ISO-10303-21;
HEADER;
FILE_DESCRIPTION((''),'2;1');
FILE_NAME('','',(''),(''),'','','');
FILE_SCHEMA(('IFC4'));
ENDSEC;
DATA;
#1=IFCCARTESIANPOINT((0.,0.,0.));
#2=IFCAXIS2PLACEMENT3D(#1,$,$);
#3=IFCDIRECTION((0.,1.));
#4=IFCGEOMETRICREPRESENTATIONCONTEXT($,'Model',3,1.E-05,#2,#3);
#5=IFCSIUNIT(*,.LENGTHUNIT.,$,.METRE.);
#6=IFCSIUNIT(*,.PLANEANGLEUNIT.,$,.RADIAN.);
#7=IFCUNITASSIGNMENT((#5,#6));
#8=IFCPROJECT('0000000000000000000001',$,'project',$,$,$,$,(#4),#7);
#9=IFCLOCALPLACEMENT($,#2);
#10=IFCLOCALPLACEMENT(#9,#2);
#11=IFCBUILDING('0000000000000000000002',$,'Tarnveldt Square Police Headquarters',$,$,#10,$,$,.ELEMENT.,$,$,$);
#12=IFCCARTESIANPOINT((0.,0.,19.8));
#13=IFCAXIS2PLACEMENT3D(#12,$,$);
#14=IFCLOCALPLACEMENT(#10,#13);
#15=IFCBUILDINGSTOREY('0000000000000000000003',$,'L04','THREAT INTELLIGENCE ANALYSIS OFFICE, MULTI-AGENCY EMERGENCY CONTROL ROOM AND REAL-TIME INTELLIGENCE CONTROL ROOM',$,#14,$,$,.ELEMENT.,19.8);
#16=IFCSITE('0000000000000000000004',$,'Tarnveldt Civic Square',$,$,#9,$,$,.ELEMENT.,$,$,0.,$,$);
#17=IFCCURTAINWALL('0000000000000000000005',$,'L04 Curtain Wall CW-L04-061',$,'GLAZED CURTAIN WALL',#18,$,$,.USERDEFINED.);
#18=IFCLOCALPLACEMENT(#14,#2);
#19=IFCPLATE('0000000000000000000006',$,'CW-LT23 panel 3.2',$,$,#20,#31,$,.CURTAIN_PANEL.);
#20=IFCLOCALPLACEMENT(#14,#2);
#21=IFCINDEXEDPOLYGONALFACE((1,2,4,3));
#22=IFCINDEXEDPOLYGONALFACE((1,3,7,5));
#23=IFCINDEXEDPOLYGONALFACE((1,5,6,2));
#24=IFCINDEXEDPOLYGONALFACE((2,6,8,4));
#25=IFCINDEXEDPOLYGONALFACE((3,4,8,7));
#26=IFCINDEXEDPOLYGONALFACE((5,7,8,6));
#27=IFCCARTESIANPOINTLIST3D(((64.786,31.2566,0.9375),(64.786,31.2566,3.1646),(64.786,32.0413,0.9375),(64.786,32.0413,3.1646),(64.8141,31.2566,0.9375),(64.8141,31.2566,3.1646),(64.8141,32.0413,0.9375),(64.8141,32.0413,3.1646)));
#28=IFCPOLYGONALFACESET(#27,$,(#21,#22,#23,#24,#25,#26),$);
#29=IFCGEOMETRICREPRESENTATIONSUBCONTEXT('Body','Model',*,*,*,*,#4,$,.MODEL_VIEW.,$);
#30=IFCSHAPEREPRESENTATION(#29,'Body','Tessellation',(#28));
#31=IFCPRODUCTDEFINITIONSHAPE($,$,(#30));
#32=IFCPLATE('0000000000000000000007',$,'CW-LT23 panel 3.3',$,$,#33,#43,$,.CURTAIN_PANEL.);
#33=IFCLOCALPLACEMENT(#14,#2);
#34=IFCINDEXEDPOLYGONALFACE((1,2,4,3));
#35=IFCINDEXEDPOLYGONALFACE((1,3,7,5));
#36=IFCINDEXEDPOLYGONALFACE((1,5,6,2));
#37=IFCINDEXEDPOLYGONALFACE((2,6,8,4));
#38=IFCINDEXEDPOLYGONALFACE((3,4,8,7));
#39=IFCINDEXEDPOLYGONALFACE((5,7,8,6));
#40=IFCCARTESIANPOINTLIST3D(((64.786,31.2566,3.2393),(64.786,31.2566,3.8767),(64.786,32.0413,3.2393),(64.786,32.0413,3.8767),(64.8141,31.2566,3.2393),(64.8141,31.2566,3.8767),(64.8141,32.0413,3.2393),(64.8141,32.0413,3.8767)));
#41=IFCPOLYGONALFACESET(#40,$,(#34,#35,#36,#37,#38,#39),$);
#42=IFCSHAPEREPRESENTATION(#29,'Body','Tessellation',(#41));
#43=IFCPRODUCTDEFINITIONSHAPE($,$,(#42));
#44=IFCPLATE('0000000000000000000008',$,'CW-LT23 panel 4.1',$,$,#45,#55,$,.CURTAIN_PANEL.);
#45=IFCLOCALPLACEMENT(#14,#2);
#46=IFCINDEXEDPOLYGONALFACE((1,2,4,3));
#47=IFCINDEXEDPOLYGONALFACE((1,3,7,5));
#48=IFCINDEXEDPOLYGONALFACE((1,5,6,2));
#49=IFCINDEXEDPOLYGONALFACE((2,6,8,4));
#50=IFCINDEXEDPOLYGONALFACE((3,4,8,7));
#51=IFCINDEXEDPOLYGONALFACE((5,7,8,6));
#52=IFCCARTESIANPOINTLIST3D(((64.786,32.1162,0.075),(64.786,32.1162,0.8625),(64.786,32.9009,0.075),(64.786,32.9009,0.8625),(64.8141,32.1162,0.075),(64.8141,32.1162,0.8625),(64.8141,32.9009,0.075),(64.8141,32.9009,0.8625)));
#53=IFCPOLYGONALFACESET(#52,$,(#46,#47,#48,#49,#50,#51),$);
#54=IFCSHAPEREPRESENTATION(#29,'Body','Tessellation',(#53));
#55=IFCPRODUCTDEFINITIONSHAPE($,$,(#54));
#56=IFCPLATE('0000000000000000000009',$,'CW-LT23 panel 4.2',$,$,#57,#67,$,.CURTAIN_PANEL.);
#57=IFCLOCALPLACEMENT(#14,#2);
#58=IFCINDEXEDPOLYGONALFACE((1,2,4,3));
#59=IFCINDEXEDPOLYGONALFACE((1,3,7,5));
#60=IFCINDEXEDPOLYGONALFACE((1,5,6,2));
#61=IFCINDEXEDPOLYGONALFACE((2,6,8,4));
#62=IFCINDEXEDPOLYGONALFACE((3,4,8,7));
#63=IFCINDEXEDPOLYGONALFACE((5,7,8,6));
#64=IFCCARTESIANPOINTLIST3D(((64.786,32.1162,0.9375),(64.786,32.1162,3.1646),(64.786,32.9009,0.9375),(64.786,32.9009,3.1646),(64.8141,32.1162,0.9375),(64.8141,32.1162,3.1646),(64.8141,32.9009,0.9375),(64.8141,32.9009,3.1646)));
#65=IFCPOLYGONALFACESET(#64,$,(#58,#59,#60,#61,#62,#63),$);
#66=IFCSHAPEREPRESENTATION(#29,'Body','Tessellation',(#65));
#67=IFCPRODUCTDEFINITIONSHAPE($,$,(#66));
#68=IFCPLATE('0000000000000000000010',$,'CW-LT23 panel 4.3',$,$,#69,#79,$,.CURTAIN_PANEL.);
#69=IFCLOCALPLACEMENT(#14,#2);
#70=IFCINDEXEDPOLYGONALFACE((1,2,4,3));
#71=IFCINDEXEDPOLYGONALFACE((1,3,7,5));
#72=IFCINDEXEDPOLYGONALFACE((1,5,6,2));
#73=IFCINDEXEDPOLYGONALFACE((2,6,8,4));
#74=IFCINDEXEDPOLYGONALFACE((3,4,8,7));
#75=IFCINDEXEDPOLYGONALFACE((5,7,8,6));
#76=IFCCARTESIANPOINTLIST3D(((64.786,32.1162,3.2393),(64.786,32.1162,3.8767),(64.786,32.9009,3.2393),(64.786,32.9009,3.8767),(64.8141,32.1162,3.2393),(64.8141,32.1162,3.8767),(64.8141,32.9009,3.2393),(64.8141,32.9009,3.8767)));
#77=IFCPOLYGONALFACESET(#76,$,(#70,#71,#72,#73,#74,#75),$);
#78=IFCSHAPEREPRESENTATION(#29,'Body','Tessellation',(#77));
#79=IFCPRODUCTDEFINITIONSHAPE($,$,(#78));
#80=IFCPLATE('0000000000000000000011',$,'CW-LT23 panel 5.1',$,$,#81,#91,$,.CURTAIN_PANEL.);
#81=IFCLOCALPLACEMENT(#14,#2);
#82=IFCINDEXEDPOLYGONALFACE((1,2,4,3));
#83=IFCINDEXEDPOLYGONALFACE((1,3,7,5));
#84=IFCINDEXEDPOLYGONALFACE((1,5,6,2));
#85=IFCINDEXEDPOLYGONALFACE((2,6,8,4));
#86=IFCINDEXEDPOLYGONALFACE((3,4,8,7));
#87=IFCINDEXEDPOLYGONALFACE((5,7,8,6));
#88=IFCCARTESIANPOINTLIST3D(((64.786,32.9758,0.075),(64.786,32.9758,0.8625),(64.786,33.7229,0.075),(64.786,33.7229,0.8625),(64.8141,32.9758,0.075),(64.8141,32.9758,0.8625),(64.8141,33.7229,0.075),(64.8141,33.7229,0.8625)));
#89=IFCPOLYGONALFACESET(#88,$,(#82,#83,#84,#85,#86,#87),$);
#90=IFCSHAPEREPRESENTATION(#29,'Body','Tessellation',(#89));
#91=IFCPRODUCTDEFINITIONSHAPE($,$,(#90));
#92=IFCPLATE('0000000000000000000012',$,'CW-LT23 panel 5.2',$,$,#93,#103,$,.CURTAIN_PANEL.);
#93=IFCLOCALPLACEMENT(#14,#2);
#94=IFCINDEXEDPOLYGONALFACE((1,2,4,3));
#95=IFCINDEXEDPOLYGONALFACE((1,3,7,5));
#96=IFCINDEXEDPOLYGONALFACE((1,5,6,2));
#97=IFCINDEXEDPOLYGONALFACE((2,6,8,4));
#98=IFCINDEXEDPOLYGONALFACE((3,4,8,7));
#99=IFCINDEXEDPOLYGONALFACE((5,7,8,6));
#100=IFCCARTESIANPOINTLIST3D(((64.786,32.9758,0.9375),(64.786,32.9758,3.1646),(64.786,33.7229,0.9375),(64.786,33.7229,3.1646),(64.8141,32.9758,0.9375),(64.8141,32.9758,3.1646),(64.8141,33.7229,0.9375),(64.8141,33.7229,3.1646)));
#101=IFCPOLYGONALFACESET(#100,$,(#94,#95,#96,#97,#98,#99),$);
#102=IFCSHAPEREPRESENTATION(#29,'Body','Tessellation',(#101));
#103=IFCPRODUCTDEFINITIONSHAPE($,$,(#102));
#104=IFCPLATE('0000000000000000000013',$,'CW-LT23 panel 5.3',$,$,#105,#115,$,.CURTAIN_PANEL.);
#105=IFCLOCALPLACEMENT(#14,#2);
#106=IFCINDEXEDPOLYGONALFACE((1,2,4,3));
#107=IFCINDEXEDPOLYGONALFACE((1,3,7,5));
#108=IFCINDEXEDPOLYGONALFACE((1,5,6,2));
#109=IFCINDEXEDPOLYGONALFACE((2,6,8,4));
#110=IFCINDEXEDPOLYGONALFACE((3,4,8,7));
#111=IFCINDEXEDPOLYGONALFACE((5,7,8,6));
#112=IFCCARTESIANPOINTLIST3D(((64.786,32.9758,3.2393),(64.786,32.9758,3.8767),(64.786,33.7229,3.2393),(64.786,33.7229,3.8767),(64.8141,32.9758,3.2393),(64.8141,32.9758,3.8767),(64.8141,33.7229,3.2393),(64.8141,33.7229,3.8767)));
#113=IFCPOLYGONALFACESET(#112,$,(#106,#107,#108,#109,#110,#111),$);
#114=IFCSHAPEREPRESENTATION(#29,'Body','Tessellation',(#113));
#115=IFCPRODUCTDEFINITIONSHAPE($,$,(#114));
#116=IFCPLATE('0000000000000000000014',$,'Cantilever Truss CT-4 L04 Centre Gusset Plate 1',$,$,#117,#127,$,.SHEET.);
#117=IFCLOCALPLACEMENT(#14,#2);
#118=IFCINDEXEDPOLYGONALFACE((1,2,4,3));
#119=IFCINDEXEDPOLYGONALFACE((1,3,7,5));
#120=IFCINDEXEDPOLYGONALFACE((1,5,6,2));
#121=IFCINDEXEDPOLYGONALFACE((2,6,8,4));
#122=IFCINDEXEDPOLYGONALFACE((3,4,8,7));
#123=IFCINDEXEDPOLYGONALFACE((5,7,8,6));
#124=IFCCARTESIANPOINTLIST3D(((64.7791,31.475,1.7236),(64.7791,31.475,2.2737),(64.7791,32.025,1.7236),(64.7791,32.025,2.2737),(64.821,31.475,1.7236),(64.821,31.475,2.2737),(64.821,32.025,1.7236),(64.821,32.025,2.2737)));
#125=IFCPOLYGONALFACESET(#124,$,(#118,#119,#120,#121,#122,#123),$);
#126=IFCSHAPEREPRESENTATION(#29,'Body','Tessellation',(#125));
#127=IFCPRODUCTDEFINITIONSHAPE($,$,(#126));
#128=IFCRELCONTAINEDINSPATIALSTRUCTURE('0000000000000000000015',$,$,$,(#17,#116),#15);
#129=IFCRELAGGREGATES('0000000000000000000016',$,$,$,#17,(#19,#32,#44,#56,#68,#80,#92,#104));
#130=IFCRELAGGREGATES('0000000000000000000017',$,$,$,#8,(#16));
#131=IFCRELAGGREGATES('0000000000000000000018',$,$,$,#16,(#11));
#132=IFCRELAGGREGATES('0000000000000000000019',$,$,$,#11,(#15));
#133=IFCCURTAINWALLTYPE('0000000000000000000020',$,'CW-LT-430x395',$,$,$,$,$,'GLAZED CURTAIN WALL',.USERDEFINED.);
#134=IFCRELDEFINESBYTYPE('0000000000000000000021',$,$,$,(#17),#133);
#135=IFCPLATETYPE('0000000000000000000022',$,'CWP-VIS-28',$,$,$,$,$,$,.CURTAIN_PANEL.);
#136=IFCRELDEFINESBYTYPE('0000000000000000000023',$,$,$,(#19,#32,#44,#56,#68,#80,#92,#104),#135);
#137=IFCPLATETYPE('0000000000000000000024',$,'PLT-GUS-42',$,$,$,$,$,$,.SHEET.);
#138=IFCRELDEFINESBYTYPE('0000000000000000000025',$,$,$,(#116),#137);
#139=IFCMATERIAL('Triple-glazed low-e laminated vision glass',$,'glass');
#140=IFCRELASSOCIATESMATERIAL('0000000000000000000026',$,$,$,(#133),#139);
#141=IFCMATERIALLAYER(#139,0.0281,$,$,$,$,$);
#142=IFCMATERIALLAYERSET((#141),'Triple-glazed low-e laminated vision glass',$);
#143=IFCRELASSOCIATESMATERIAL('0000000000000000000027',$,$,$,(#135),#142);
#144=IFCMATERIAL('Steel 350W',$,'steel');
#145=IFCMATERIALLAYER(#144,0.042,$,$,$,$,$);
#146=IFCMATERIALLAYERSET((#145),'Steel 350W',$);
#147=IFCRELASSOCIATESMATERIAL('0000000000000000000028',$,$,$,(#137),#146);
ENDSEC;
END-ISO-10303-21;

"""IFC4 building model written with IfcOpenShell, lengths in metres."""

from ifc_helpers import new_model, si_unit, direction, frame, origin, origin_2d, place, context, subcontext, project, spatial, rectangle, extrude, material, layer, layer_set, type_object, element, aggregate, save


model = new_model("IFC4")

# Units and contexts
model_context = context("Model", 3, precision=1e-05, world=origin(), true_north=direction((0.0, 1.0)))
body_context = subcontext(model_context, "Body", "Model", "MODEL_VIEW")
ifc_project = project(units=[si_unit("LENGTHUNIT", "METRE"), si_unit("PLANEANGLEUNIT", "RADIAN")], contexts=[model_context])

# Site, building, storey
site_placement = place(None, origin())
site = spatial("IfcSite", under=ifc_project, at=site_placement, Name="Tarnveldt Civic Square", CompositionType="ELEMENT", RefElevation=0.0)
building_placement = place(site_placement, origin())
building = spatial("IfcBuilding", under=site, at=building_placement, Name="Tarnveldt Square Police Headquarters", CompositionType="ELEMENT")
storey_placement = place(building_placement, frame((0.0, 0.0, 19.8)))
storey = spatial("IfcBuildingStorey", under=building, at=storey_placement, Name="L04", Description="THREAT INTELLIGENCE ANALYSIS OFFICE, MULTI-AGENCY EMERGENCY CONTROL ROOM AND REAL-TIME INTELLIGENCE CONTROL ROOM", CompositionType="ELEMENT", Elevation=19.8)

# Shared definitions
ifc_material_1 = material(Name="Steel 350W", Category="steel")

# Curtain wall
ifc_material_2 = material(Name="Triple-glazed low-e laminated vision glass", Category="glass")
curtain_wall_type_1 = type_object("IfcCurtainWallType", Name="CW-LT-430x395", ElementType="GLAZED CURTAIN WALL", PredefinedType="USERDEFINED", material=ifc_material_2)
curtain_wall_1_placement = place(storey_placement, origin())
curtain_wall_1 = element("IfcCurtainWall", 1, at=curtain_wall_1_placement, inside=storey, type_object=curtain_wall_type_1, Name="L04 Curtain Wall CW-L04-061", ObjectType="GLAZED CURTAIN WALL", PredefinedType="USERDEFINED")

# Plates
ifc_layer_1 = layer(ifc_material_2, 0.0281)
ifc_layer_set_1 = layer_set([ifc_layer_1], Name="Triple-glazed low-e laminated vision glass")
plate_type_1 = type_object("IfcPlateType", Name="CWP-VIS-28", PredefinedType="CURTAIN_PANEL", material=ifc_layer_set_1)
plate_1_placement = place(storey_placement, frame((64.8, 31.6489, 0.9375), z_axis=(0.0, 0.0, 1.0), x_axis=(0.0, 1.0, 0.0)))
plate_1 = element("IfcPlate", 2, at=plate_1_placement, type_object=plate_type_1, Name="CW-LT23 panel 3.2", PredefinedType="CURTAIN_PANEL", context=body_context, shape_type="SweptSolid", body=[
    extrude(rectangle(XDim=0.7847, YDim=0.0281, at=origin_2d()), origin(), (0.0, 0.0, 1.0), 2.2271),
])
plate_2_placement = place(storey_placement, frame((64.8, 31.6489, 3.2393), z_axis=(0.0, 0.0, 1.0), x_axis=(0.0, 1.0, 0.0)))
plate_2 = element("IfcPlate", 3, at=plate_2_placement, type_object=plate_type_1, Name="CW-LT23 panel 3.3", PredefinedType="CURTAIN_PANEL", context=body_context, shape_type="SweptSolid", body=[
    extrude(rectangle(XDim=0.7847, YDim=0.0281, at=origin_2d()), origin(), (0.0, 0.0, 1.0), 0.6375),
])
plate_3_placement = place(storey_placement, frame((64.8, 32.5085, 0.075), z_axis=(0.0, 0.0, 1.0), x_axis=(0.0, 1.0, 0.0)))
plate_3 = element("IfcPlate", 4, at=plate_3_placement, type_object=plate_type_1, Name="CW-LT23 panel 4.1", PredefinedType="CURTAIN_PANEL", context=body_context, shape_type="SweptSolid", body=[
    extrude(rectangle(XDim=0.7847, YDim=0.0281, at=origin_2d()), origin(), (0.0, 0.0, 1.0), 0.7876),
])
plate_4_placement = place(storey_placement, frame((64.8, 32.5085, 0.9375), z_axis=(0.0, 0.0, 1.0), x_axis=(0.0, 1.0, 0.0)))
plate_4 = element("IfcPlate", 5, at=plate_4_placement, type_object=plate_type_1, Name="CW-LT23 panel 4.2", PredefinedType="CURTAIN_PANEL", context=body_context, shape_type="SweptSolid", body=[
    extrude(rectangle(XDim=0.7847, YDim=0.0281, at=origin_2d()), origin(), (0.0, 0.0, 1.0), 2.2271),
])
plate_5_placement = place(storey_placement, frame((64.8, 32.5085, 3.2393), z_axis=(0.0, 0.0, 1.0), x_axis=(0.0, 1.0, 0.0)))
plate_5 = element("IfcPlate", 6, at=plate_5_placement, type_object=plate_type_1, Name="CW-LT23 panel 4.3", PredefinedType="CURTAIN_PANEL", context=body_context, shape_type="SweptSolid", body=[
    extrude(rectangle(XDim=0.7847, YDim=0.0281, at=origin_2d()), origin(), (0.0, 0.0, 1.0), 0.6375),
])
plate_6_placement = place(storey_placement, frame((64.8, 33.3494, 0.075), z_axis=(0.0, 0.0, 1.0), x_axis=(0.0, 1.0, 0.0)))
plate_6 = element("IfcPlate", 7, at=plate_6_placement, type_object=plate_type_1, Name="CW-LT23 panel 5.1", PredefinedType="CURTAIN_PANEL", context=body_context, shape_type="SweptSolid", body=[
    extrude(rectangle(XDim=0.7471, YDim=0.0281, at=origin_2d()), origin(), (0.0, 0.0, 1.0), 0.7876),
])
plate_7_placement = place(storey_placement, frame((64.8, 33.3494, 0.9375), z_axis=(0.0, 0.0, 1.0), x_axis=(0.0, 1.0, 0.0)))
plate_7 = element("IfcPlate", 8, at=plate_7_placement, type_object=plate_type_1, Name="CW-LT23 panel 5.2", PredefinedType="CURTAIN_PANEL", context=body_context, shape_type="SweptSolid", body=[
    extrude(rectangle(XDim=0.7471, YDim=0.0281, at=origin_2d()), origin(), (0.0, 0.0, 1.0), 2.2271),
])
plate_8_placement = place(storey_placement, frame((64.8, 33.3494, 3.2393), z_axis=(0.0, 0.0, 1.0), x_axis=(0.0, 1.0, 0.0)))
plate_8 = element("IfcPlate", 9, at=plate_8_placement, type_object=plate_type_1, Name="CW-LT23 panel 5.3", PredefinedType="CURTAIN_PANEL", context=body_context, shape_type="SweptSolid", body=[
    extrude(rectangle(XDim=0.7471, YDim=0.0281, at=origin_2d()), origin(), (0.0, 0.0, 1.0), 0.6375),
])
aggregate(curtain_wall_1, [plate_1, plate_2, plate_3, plate_4, plate_5, plate_6, plate_7, plate_8])
ifc_layer_2 = layer(ifc_material_1, 0.042)
ifc_layer_set_2 = layer_set([ifc_layer_2], Name="Steel 350W")
plate_type_2 = type_object("IfcPlateType", Name="PLT-GUS-42", PredefinedType="SHEET", material=ifc_layer_set_2)
plate_9_placement = place(storey_placement, frame((64.8, 31.75, 1.7236), z_axis=(0.0, 0.0, 1.0), x_axis=(1.0, 0.0, 0.0)))
element("IfcPlate", 10, at=plate_9_placement, inside=storey, type_object=plate_type_2, Name="Cantilever Truss CT-4 L04 Centre Gusset Plate 1", PredefinedType="SHEET", context=body_context, shape_type="SweptSolid", body=[
    extrude(rectangle(XDim=0.042, YDim=0.55, at=origin_2d()), origin(), (0.0, 0.0, 1.0), 0.55),
])

save(model, "model.ifc")
